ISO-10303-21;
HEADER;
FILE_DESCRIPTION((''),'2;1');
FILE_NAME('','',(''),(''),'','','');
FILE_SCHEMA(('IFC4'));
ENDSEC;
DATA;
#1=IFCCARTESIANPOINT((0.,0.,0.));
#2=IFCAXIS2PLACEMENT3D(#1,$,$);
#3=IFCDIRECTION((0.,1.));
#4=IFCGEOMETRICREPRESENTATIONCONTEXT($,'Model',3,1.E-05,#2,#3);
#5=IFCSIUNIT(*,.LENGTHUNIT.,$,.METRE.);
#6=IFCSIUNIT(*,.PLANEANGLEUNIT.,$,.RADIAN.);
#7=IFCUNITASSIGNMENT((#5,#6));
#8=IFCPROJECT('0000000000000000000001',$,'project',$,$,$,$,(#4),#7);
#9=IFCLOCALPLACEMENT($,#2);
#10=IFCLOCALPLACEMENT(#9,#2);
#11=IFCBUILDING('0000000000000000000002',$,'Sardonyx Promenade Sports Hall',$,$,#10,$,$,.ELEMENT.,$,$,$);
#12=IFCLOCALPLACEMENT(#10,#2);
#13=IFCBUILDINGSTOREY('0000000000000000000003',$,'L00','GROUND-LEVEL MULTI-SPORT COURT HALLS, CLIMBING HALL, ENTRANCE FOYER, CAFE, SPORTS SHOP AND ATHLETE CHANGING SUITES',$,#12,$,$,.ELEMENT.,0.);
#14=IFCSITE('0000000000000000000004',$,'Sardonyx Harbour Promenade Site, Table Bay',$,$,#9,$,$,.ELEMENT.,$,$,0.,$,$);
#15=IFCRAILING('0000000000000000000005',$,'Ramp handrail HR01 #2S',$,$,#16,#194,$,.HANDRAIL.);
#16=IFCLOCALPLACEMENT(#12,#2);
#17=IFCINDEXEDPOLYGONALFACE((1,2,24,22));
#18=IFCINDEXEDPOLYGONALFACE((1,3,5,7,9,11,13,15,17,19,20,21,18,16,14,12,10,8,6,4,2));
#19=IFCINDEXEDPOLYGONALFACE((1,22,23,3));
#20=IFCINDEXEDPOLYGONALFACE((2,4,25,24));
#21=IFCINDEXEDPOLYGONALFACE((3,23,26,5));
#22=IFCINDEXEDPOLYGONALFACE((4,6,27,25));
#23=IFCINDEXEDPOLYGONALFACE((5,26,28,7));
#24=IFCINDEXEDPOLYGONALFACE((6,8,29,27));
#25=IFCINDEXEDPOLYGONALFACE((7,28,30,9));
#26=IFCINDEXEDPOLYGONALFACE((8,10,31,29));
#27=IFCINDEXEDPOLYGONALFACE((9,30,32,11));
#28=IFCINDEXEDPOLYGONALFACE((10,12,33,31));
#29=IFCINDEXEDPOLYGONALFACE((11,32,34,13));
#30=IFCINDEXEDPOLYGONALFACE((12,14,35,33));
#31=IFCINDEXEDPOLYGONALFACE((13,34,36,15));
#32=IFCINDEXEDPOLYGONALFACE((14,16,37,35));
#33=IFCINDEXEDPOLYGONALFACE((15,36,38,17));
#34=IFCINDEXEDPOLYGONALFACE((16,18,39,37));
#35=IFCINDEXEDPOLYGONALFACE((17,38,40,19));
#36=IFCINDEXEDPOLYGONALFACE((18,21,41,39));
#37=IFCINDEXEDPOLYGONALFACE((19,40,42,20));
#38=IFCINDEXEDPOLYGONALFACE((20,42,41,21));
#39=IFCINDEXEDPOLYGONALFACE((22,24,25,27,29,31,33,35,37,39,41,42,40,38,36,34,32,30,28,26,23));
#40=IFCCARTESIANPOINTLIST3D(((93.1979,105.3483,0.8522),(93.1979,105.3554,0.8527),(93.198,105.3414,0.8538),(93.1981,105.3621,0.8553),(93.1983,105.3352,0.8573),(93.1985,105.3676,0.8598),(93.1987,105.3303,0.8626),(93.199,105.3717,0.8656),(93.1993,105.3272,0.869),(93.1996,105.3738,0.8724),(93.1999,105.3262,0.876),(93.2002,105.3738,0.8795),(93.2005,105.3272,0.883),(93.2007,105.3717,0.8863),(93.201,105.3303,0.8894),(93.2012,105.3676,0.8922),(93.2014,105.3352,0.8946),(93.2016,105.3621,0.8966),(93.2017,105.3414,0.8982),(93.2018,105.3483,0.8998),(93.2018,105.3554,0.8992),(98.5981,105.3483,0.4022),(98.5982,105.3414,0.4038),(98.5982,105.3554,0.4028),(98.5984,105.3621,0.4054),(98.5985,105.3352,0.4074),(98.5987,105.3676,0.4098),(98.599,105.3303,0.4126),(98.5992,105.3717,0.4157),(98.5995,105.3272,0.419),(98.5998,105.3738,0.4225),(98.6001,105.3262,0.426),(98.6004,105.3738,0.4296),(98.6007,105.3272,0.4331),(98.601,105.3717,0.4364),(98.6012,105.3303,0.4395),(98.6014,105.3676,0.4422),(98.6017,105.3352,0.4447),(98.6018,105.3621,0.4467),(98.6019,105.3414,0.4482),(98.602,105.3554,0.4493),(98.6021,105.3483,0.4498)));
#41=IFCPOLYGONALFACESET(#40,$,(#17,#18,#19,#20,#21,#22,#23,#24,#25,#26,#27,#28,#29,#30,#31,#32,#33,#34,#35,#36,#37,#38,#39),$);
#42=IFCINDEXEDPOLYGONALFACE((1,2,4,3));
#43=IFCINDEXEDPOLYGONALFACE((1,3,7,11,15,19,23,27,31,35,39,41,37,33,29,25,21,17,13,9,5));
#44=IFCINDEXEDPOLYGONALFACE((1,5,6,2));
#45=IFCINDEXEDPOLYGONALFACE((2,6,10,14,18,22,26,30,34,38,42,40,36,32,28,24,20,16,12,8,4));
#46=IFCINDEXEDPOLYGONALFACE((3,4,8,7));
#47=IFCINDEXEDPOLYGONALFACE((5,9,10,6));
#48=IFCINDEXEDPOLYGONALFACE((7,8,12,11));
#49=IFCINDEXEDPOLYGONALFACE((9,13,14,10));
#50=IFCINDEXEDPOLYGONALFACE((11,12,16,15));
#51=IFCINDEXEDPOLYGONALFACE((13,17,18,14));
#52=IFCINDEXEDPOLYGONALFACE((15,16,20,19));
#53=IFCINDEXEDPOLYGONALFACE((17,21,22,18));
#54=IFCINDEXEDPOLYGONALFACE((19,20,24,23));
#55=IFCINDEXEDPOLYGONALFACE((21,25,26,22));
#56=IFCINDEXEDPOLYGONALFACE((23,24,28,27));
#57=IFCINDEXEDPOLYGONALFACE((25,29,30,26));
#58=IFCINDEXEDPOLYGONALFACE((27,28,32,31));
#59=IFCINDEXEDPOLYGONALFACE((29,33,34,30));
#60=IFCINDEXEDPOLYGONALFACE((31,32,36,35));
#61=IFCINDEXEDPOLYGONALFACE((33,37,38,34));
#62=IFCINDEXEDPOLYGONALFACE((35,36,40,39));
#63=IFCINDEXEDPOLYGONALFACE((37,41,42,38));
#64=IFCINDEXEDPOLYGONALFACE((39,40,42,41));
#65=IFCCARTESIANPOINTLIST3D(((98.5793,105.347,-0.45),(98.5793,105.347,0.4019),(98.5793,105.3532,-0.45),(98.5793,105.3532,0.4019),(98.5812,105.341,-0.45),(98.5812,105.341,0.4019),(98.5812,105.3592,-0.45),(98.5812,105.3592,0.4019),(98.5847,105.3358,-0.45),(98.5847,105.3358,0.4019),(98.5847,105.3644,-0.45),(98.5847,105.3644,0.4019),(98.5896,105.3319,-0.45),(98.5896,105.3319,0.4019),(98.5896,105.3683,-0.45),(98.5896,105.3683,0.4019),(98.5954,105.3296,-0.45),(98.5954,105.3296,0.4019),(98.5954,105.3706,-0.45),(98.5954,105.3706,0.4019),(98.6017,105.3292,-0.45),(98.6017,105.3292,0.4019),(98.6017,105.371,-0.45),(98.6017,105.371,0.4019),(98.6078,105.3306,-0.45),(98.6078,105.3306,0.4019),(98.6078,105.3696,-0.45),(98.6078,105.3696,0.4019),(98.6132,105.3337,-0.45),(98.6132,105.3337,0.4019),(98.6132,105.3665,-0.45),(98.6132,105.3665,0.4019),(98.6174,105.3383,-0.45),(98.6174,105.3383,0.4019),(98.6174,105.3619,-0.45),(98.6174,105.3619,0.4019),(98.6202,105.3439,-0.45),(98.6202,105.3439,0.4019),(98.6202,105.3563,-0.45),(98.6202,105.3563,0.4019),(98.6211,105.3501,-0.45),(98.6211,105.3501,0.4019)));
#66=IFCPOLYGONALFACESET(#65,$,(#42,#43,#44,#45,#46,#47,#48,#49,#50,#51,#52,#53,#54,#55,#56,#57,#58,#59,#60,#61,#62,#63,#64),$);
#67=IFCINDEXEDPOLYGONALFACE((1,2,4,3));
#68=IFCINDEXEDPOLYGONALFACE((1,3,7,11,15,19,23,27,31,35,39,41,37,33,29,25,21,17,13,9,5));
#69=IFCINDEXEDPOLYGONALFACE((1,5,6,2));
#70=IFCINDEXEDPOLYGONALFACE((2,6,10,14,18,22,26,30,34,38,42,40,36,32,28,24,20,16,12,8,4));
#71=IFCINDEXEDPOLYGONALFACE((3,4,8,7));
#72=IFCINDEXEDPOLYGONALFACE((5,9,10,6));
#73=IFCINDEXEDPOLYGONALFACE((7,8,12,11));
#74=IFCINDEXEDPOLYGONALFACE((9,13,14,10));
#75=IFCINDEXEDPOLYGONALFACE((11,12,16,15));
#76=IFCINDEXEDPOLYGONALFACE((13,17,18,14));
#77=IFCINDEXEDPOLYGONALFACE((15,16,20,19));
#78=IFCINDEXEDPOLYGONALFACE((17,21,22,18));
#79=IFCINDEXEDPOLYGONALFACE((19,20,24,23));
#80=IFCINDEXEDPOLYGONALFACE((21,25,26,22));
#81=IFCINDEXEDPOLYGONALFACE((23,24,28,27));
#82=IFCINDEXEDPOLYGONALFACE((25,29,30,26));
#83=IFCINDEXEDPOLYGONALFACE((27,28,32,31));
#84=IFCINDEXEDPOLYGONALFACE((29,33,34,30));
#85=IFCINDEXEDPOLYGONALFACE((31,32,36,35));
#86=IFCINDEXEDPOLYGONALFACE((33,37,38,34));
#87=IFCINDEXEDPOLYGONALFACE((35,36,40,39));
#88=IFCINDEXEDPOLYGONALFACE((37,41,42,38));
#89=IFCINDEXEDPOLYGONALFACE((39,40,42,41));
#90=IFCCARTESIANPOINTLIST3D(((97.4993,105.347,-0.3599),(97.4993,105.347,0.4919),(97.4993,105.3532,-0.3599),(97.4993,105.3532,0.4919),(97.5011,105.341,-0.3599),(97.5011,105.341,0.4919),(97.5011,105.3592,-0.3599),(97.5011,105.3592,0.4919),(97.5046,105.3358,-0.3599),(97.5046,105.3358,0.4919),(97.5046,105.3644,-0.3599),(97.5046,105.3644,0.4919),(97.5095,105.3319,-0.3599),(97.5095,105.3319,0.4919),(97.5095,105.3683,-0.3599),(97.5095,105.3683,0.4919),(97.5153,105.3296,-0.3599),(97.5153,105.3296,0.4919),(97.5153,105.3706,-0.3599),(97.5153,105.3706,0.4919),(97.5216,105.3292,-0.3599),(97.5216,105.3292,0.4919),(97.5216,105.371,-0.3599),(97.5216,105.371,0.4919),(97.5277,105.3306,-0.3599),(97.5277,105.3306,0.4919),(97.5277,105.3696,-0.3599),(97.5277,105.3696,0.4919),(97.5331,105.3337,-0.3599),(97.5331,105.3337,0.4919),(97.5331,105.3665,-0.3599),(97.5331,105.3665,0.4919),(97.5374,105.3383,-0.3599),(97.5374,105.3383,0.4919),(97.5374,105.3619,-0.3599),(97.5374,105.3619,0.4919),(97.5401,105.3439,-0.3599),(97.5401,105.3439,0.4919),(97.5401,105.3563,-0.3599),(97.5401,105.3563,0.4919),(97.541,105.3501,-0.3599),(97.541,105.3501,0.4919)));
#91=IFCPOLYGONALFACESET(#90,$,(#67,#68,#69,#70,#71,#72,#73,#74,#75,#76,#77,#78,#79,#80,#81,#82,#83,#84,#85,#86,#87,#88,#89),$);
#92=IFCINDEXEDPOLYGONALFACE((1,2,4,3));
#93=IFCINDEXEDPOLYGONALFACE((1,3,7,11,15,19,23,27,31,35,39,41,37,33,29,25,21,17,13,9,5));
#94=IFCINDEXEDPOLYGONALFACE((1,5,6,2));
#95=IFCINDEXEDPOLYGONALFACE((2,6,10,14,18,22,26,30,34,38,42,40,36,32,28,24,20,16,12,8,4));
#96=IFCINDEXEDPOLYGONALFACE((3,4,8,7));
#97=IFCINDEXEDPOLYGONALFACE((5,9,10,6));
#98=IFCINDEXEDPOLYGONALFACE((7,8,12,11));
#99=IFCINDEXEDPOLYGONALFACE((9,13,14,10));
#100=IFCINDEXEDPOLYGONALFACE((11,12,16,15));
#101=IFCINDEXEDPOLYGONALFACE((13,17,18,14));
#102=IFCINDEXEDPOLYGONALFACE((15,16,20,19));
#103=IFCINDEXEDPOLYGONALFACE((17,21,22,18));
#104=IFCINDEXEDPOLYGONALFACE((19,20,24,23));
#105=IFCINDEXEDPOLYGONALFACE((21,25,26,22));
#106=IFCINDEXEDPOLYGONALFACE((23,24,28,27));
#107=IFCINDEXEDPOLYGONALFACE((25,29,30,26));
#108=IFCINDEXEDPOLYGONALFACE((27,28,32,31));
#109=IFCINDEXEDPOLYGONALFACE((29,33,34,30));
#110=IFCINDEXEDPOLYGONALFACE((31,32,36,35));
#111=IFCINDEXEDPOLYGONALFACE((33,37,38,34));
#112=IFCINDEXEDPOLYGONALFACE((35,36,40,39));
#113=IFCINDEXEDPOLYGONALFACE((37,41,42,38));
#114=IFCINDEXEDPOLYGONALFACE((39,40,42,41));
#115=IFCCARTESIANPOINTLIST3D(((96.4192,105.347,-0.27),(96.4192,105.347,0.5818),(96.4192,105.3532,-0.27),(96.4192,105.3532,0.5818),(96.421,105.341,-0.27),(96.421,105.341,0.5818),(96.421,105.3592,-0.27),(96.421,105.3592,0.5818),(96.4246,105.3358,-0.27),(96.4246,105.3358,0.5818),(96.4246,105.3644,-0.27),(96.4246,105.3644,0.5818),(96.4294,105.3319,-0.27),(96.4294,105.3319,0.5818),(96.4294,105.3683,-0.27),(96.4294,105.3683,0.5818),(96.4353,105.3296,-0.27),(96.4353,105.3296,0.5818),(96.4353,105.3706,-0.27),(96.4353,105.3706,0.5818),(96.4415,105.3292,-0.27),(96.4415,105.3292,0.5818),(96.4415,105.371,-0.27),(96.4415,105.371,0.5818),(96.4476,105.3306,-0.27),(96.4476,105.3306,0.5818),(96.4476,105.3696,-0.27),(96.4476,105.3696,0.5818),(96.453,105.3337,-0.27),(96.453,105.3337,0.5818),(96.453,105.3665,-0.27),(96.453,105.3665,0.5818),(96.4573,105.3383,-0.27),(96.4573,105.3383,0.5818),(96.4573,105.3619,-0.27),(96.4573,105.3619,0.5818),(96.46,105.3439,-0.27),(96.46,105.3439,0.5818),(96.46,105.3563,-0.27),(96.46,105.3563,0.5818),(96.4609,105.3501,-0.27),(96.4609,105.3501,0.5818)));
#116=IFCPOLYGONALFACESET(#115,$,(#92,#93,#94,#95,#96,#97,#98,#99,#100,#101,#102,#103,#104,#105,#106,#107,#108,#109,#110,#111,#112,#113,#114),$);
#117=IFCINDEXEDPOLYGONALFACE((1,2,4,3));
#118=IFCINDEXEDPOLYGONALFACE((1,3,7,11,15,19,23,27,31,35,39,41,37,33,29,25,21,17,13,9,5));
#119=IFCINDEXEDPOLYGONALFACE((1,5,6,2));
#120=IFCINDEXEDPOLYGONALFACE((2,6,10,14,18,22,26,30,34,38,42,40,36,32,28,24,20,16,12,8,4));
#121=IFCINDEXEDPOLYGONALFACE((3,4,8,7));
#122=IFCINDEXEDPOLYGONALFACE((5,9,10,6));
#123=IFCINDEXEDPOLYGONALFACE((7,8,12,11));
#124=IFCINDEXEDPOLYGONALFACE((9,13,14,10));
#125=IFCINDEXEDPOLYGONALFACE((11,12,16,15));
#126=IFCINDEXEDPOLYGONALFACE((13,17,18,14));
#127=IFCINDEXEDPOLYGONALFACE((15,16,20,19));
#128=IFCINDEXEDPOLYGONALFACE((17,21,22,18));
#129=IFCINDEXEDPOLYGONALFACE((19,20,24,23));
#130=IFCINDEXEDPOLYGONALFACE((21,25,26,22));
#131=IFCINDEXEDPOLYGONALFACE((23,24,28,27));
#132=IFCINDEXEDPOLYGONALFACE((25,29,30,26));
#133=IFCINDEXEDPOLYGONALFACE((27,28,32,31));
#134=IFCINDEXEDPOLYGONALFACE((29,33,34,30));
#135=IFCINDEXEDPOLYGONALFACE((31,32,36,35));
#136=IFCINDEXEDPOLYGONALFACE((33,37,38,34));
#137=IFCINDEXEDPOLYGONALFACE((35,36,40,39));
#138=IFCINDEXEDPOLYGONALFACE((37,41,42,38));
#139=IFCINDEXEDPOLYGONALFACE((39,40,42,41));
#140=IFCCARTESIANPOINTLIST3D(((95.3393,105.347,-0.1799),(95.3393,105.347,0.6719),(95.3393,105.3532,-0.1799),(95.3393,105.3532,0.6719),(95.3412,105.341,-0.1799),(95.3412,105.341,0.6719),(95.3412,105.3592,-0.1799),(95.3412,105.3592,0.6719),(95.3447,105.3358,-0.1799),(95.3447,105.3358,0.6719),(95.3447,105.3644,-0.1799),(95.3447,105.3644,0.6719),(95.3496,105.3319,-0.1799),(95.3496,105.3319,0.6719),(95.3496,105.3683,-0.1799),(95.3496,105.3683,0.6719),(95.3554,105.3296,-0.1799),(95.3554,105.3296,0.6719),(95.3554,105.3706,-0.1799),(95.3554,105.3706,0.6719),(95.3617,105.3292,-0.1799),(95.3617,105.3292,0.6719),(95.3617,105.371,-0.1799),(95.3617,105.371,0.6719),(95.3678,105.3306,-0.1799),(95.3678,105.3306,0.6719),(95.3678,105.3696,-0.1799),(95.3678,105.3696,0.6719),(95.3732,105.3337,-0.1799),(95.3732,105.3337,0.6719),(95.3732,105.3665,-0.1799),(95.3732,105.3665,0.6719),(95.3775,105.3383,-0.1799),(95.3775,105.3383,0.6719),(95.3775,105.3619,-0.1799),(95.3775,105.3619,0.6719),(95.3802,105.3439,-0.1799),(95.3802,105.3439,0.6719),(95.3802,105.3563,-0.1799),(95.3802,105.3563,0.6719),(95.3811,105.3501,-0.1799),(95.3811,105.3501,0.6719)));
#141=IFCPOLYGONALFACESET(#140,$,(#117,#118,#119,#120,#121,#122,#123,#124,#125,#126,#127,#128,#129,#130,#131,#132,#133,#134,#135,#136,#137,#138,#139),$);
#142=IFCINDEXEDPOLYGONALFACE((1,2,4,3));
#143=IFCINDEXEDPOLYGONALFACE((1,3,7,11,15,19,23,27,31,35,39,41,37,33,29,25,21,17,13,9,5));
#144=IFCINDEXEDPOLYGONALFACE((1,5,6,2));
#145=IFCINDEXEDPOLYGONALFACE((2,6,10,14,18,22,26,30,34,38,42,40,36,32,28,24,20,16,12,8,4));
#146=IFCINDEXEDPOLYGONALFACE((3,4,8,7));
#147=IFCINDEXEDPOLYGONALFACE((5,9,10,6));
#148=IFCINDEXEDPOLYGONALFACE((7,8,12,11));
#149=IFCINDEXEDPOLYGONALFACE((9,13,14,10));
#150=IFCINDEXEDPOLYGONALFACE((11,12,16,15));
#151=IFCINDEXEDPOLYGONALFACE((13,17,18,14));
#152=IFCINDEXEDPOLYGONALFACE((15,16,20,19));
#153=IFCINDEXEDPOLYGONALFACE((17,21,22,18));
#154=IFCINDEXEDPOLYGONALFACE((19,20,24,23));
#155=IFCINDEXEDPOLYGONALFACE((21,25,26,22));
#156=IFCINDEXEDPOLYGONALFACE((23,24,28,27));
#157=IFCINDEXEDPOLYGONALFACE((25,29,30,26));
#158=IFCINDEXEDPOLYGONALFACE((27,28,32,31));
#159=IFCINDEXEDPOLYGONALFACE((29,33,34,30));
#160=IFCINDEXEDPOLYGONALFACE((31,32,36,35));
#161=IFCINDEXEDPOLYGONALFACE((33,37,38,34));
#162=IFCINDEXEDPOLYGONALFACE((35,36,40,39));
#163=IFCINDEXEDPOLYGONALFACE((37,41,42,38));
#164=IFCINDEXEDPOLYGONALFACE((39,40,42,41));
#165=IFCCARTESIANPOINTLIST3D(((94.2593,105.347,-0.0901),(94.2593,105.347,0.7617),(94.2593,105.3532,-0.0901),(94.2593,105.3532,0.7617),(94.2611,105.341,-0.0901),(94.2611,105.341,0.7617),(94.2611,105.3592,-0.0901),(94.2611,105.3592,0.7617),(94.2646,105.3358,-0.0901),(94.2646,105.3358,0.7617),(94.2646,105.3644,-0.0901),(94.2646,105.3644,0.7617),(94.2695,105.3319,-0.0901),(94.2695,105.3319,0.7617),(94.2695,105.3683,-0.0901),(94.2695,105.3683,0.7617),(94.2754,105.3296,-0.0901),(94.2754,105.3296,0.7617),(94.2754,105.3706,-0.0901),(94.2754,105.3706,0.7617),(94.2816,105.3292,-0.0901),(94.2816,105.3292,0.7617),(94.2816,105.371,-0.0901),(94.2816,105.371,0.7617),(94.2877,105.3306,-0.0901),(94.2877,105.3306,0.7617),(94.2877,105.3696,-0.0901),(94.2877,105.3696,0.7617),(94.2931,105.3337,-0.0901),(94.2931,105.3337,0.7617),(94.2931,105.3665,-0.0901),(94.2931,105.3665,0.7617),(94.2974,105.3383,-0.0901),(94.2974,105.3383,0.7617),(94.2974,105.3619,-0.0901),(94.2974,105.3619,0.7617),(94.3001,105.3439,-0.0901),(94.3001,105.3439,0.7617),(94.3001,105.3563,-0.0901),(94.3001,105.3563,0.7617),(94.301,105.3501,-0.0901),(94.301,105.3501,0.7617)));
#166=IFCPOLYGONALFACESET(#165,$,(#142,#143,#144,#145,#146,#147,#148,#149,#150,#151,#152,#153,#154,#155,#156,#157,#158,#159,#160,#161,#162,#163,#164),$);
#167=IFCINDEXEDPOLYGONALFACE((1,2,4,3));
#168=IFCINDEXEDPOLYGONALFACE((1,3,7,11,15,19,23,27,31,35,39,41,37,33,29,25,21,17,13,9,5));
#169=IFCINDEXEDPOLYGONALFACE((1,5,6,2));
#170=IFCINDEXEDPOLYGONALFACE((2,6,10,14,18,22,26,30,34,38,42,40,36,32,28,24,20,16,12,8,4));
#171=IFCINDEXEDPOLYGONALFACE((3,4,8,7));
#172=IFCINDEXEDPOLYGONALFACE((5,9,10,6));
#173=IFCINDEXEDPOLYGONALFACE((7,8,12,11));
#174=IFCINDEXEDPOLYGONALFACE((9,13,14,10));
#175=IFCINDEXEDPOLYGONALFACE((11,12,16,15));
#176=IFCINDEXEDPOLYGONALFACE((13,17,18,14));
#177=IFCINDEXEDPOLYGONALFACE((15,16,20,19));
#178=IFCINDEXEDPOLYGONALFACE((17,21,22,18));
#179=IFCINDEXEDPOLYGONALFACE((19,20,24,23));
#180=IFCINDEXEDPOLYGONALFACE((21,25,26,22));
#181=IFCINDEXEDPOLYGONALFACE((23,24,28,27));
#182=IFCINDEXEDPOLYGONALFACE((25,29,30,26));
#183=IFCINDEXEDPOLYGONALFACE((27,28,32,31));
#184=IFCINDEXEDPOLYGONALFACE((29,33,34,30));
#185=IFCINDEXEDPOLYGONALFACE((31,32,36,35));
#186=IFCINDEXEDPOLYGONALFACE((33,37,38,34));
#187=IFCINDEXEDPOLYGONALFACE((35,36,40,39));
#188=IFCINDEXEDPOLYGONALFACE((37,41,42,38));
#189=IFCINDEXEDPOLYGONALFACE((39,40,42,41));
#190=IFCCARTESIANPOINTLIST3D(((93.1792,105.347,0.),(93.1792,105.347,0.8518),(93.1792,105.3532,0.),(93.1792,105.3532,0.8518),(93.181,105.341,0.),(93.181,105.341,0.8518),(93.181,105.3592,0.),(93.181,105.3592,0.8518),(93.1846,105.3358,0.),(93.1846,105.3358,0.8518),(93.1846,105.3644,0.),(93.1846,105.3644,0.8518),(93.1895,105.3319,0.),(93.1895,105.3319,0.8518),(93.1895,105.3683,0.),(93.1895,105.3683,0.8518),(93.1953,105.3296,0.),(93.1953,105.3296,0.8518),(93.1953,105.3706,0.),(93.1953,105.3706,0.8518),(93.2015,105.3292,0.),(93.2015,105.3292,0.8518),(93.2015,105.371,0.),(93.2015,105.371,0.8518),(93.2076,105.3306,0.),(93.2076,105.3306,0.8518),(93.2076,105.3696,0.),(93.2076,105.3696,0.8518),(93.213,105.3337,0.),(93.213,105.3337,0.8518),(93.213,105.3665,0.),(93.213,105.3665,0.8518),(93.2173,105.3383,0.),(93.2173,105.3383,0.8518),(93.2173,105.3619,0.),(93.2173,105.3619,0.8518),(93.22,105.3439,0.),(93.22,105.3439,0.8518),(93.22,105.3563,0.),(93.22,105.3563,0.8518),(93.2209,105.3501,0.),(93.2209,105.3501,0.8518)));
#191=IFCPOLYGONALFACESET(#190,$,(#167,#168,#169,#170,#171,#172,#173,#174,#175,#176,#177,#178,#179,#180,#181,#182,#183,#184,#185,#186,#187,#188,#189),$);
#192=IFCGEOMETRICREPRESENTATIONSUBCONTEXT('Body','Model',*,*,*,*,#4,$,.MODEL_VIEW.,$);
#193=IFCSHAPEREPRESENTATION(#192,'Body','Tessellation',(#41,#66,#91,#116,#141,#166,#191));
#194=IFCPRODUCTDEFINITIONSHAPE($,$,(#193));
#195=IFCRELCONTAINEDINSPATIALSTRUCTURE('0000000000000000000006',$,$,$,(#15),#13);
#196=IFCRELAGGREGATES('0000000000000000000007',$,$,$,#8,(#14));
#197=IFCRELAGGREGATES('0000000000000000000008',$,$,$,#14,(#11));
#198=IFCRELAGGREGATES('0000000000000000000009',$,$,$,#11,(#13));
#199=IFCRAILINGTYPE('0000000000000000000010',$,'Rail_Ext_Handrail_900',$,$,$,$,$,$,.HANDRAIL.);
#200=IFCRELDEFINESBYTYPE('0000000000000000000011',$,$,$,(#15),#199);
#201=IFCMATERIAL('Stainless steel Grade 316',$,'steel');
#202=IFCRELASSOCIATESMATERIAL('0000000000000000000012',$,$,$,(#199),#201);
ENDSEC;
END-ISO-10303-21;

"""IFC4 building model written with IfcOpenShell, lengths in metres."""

from ifc_helpers import new_model, si_unit, direction, frame, origin, origin_2d, place, context, subcontext, project, spatial, circle, extrude, material, type_object, element, save


model = new_model("IFC4")

# Units and contexts
model_context = context("Model", 3, precision=1e-05, world=origin(), true_north=direction((0.0, 1.0)))
body_context = subcontext(model_context, "Body", "Model", "MODEL_VIEW")
ifc_project = project(units=[si_unit("LENGTHUNIT", "METRE"), si_unit("PLANEANGLEUNIT", "RADIAN")], contexts=[model_context])

# Site, building, storey
site_placement = place(None, origin())
site = spatial("IfcSite", under=ifc_project, at=site_placement, Name="Sardonyx Harbour Promenade Site, Table Bay", CompositionType="ELEMENT", RefElevation=0.0)
building_placement = place(site_placement, origin())
building = spatial("IfcBuilding", under=site, at=building_placement, Name="Sardonyx Promenade Sports Hall", CompositionType="ELEMENT")
storey_placement = place(building_placement, origin())
storey = spatial("IfcBuildingStorey", under=building, at=storey_placement, Name="L00", Description="GROUND-LEVEL MULTI-SPORT COURT HALLS, CLIMBING HALL, ENTRANCE FOYER, CAFE, SPORTS SHOP AND ATHLETE CHANGING SUITES", CompositionType="ELEMENT", Elevation=0.0)

# Railing
ifc_material_1 = material(Name="Stainless steel Grade 316", Category="steel")
railing_type = type_object("IfcRailingType", Name="Rail_Ext_Handrail_900", PredefinedType="HANDRAIL", material=ifc_material_1)
for number, where, name in (
    (1, (98.6001, 105.3501, -0.45), "Ramp handrail HR01 #2S"),
):
    element("IfcRailing", number, at=place(storey_placement, frame(where)), inside=storey, type_object=railing_type, Name=name, PredefinedType="HANDRAIL", context=body_context, shape_type="SweptSolid", body=[
        extrude(circle(Radius=0.0239, at=origin_2d()), frame((0.0, 0.0, 0.876), z_axis=(-0.996547, 0.0, 0.083034), x_axis=(0.0, -1.0, 0.0)), (0.0, 0.0, 1.0), 5.4189),
        extrude(circle(Radius=0.021, at=origin_2d()), origin(), (0.0, 0.0, 1.0), 0.8518),
        extrude(circle(Radius=0.021, at=origin_2d()), frame((-1.0801, 0.0, 0.0901)), (0.0, 0.0, 1.0), 0.8518),
        extrude(circle(Radius=0.021, at=origin_2d()), frame((-2.1602, 0.0, 0.1799)), (0.0, 0.0, 1.0), 0.8518),
        extrude(circle(Radius=0.021, at=origin_2d()), frame((-3.24, 0.0, 0.27)), (0.0, 0.0, 1.0), 0.8518),
        extrude(circle(Radius=0.021, at=origin_2d()), frame((-4.3201, 0.0, 0.3599)), (0.0, 0.0, 1.0), 0.8518),
        extrude(circle(Radius=0.021, at=origin_2d()), frame((-5.4001, 0.0, 0.45)), (0.0, 0.0, 1.0), 0.8518),
    ])

save(model, "model.ifc")
